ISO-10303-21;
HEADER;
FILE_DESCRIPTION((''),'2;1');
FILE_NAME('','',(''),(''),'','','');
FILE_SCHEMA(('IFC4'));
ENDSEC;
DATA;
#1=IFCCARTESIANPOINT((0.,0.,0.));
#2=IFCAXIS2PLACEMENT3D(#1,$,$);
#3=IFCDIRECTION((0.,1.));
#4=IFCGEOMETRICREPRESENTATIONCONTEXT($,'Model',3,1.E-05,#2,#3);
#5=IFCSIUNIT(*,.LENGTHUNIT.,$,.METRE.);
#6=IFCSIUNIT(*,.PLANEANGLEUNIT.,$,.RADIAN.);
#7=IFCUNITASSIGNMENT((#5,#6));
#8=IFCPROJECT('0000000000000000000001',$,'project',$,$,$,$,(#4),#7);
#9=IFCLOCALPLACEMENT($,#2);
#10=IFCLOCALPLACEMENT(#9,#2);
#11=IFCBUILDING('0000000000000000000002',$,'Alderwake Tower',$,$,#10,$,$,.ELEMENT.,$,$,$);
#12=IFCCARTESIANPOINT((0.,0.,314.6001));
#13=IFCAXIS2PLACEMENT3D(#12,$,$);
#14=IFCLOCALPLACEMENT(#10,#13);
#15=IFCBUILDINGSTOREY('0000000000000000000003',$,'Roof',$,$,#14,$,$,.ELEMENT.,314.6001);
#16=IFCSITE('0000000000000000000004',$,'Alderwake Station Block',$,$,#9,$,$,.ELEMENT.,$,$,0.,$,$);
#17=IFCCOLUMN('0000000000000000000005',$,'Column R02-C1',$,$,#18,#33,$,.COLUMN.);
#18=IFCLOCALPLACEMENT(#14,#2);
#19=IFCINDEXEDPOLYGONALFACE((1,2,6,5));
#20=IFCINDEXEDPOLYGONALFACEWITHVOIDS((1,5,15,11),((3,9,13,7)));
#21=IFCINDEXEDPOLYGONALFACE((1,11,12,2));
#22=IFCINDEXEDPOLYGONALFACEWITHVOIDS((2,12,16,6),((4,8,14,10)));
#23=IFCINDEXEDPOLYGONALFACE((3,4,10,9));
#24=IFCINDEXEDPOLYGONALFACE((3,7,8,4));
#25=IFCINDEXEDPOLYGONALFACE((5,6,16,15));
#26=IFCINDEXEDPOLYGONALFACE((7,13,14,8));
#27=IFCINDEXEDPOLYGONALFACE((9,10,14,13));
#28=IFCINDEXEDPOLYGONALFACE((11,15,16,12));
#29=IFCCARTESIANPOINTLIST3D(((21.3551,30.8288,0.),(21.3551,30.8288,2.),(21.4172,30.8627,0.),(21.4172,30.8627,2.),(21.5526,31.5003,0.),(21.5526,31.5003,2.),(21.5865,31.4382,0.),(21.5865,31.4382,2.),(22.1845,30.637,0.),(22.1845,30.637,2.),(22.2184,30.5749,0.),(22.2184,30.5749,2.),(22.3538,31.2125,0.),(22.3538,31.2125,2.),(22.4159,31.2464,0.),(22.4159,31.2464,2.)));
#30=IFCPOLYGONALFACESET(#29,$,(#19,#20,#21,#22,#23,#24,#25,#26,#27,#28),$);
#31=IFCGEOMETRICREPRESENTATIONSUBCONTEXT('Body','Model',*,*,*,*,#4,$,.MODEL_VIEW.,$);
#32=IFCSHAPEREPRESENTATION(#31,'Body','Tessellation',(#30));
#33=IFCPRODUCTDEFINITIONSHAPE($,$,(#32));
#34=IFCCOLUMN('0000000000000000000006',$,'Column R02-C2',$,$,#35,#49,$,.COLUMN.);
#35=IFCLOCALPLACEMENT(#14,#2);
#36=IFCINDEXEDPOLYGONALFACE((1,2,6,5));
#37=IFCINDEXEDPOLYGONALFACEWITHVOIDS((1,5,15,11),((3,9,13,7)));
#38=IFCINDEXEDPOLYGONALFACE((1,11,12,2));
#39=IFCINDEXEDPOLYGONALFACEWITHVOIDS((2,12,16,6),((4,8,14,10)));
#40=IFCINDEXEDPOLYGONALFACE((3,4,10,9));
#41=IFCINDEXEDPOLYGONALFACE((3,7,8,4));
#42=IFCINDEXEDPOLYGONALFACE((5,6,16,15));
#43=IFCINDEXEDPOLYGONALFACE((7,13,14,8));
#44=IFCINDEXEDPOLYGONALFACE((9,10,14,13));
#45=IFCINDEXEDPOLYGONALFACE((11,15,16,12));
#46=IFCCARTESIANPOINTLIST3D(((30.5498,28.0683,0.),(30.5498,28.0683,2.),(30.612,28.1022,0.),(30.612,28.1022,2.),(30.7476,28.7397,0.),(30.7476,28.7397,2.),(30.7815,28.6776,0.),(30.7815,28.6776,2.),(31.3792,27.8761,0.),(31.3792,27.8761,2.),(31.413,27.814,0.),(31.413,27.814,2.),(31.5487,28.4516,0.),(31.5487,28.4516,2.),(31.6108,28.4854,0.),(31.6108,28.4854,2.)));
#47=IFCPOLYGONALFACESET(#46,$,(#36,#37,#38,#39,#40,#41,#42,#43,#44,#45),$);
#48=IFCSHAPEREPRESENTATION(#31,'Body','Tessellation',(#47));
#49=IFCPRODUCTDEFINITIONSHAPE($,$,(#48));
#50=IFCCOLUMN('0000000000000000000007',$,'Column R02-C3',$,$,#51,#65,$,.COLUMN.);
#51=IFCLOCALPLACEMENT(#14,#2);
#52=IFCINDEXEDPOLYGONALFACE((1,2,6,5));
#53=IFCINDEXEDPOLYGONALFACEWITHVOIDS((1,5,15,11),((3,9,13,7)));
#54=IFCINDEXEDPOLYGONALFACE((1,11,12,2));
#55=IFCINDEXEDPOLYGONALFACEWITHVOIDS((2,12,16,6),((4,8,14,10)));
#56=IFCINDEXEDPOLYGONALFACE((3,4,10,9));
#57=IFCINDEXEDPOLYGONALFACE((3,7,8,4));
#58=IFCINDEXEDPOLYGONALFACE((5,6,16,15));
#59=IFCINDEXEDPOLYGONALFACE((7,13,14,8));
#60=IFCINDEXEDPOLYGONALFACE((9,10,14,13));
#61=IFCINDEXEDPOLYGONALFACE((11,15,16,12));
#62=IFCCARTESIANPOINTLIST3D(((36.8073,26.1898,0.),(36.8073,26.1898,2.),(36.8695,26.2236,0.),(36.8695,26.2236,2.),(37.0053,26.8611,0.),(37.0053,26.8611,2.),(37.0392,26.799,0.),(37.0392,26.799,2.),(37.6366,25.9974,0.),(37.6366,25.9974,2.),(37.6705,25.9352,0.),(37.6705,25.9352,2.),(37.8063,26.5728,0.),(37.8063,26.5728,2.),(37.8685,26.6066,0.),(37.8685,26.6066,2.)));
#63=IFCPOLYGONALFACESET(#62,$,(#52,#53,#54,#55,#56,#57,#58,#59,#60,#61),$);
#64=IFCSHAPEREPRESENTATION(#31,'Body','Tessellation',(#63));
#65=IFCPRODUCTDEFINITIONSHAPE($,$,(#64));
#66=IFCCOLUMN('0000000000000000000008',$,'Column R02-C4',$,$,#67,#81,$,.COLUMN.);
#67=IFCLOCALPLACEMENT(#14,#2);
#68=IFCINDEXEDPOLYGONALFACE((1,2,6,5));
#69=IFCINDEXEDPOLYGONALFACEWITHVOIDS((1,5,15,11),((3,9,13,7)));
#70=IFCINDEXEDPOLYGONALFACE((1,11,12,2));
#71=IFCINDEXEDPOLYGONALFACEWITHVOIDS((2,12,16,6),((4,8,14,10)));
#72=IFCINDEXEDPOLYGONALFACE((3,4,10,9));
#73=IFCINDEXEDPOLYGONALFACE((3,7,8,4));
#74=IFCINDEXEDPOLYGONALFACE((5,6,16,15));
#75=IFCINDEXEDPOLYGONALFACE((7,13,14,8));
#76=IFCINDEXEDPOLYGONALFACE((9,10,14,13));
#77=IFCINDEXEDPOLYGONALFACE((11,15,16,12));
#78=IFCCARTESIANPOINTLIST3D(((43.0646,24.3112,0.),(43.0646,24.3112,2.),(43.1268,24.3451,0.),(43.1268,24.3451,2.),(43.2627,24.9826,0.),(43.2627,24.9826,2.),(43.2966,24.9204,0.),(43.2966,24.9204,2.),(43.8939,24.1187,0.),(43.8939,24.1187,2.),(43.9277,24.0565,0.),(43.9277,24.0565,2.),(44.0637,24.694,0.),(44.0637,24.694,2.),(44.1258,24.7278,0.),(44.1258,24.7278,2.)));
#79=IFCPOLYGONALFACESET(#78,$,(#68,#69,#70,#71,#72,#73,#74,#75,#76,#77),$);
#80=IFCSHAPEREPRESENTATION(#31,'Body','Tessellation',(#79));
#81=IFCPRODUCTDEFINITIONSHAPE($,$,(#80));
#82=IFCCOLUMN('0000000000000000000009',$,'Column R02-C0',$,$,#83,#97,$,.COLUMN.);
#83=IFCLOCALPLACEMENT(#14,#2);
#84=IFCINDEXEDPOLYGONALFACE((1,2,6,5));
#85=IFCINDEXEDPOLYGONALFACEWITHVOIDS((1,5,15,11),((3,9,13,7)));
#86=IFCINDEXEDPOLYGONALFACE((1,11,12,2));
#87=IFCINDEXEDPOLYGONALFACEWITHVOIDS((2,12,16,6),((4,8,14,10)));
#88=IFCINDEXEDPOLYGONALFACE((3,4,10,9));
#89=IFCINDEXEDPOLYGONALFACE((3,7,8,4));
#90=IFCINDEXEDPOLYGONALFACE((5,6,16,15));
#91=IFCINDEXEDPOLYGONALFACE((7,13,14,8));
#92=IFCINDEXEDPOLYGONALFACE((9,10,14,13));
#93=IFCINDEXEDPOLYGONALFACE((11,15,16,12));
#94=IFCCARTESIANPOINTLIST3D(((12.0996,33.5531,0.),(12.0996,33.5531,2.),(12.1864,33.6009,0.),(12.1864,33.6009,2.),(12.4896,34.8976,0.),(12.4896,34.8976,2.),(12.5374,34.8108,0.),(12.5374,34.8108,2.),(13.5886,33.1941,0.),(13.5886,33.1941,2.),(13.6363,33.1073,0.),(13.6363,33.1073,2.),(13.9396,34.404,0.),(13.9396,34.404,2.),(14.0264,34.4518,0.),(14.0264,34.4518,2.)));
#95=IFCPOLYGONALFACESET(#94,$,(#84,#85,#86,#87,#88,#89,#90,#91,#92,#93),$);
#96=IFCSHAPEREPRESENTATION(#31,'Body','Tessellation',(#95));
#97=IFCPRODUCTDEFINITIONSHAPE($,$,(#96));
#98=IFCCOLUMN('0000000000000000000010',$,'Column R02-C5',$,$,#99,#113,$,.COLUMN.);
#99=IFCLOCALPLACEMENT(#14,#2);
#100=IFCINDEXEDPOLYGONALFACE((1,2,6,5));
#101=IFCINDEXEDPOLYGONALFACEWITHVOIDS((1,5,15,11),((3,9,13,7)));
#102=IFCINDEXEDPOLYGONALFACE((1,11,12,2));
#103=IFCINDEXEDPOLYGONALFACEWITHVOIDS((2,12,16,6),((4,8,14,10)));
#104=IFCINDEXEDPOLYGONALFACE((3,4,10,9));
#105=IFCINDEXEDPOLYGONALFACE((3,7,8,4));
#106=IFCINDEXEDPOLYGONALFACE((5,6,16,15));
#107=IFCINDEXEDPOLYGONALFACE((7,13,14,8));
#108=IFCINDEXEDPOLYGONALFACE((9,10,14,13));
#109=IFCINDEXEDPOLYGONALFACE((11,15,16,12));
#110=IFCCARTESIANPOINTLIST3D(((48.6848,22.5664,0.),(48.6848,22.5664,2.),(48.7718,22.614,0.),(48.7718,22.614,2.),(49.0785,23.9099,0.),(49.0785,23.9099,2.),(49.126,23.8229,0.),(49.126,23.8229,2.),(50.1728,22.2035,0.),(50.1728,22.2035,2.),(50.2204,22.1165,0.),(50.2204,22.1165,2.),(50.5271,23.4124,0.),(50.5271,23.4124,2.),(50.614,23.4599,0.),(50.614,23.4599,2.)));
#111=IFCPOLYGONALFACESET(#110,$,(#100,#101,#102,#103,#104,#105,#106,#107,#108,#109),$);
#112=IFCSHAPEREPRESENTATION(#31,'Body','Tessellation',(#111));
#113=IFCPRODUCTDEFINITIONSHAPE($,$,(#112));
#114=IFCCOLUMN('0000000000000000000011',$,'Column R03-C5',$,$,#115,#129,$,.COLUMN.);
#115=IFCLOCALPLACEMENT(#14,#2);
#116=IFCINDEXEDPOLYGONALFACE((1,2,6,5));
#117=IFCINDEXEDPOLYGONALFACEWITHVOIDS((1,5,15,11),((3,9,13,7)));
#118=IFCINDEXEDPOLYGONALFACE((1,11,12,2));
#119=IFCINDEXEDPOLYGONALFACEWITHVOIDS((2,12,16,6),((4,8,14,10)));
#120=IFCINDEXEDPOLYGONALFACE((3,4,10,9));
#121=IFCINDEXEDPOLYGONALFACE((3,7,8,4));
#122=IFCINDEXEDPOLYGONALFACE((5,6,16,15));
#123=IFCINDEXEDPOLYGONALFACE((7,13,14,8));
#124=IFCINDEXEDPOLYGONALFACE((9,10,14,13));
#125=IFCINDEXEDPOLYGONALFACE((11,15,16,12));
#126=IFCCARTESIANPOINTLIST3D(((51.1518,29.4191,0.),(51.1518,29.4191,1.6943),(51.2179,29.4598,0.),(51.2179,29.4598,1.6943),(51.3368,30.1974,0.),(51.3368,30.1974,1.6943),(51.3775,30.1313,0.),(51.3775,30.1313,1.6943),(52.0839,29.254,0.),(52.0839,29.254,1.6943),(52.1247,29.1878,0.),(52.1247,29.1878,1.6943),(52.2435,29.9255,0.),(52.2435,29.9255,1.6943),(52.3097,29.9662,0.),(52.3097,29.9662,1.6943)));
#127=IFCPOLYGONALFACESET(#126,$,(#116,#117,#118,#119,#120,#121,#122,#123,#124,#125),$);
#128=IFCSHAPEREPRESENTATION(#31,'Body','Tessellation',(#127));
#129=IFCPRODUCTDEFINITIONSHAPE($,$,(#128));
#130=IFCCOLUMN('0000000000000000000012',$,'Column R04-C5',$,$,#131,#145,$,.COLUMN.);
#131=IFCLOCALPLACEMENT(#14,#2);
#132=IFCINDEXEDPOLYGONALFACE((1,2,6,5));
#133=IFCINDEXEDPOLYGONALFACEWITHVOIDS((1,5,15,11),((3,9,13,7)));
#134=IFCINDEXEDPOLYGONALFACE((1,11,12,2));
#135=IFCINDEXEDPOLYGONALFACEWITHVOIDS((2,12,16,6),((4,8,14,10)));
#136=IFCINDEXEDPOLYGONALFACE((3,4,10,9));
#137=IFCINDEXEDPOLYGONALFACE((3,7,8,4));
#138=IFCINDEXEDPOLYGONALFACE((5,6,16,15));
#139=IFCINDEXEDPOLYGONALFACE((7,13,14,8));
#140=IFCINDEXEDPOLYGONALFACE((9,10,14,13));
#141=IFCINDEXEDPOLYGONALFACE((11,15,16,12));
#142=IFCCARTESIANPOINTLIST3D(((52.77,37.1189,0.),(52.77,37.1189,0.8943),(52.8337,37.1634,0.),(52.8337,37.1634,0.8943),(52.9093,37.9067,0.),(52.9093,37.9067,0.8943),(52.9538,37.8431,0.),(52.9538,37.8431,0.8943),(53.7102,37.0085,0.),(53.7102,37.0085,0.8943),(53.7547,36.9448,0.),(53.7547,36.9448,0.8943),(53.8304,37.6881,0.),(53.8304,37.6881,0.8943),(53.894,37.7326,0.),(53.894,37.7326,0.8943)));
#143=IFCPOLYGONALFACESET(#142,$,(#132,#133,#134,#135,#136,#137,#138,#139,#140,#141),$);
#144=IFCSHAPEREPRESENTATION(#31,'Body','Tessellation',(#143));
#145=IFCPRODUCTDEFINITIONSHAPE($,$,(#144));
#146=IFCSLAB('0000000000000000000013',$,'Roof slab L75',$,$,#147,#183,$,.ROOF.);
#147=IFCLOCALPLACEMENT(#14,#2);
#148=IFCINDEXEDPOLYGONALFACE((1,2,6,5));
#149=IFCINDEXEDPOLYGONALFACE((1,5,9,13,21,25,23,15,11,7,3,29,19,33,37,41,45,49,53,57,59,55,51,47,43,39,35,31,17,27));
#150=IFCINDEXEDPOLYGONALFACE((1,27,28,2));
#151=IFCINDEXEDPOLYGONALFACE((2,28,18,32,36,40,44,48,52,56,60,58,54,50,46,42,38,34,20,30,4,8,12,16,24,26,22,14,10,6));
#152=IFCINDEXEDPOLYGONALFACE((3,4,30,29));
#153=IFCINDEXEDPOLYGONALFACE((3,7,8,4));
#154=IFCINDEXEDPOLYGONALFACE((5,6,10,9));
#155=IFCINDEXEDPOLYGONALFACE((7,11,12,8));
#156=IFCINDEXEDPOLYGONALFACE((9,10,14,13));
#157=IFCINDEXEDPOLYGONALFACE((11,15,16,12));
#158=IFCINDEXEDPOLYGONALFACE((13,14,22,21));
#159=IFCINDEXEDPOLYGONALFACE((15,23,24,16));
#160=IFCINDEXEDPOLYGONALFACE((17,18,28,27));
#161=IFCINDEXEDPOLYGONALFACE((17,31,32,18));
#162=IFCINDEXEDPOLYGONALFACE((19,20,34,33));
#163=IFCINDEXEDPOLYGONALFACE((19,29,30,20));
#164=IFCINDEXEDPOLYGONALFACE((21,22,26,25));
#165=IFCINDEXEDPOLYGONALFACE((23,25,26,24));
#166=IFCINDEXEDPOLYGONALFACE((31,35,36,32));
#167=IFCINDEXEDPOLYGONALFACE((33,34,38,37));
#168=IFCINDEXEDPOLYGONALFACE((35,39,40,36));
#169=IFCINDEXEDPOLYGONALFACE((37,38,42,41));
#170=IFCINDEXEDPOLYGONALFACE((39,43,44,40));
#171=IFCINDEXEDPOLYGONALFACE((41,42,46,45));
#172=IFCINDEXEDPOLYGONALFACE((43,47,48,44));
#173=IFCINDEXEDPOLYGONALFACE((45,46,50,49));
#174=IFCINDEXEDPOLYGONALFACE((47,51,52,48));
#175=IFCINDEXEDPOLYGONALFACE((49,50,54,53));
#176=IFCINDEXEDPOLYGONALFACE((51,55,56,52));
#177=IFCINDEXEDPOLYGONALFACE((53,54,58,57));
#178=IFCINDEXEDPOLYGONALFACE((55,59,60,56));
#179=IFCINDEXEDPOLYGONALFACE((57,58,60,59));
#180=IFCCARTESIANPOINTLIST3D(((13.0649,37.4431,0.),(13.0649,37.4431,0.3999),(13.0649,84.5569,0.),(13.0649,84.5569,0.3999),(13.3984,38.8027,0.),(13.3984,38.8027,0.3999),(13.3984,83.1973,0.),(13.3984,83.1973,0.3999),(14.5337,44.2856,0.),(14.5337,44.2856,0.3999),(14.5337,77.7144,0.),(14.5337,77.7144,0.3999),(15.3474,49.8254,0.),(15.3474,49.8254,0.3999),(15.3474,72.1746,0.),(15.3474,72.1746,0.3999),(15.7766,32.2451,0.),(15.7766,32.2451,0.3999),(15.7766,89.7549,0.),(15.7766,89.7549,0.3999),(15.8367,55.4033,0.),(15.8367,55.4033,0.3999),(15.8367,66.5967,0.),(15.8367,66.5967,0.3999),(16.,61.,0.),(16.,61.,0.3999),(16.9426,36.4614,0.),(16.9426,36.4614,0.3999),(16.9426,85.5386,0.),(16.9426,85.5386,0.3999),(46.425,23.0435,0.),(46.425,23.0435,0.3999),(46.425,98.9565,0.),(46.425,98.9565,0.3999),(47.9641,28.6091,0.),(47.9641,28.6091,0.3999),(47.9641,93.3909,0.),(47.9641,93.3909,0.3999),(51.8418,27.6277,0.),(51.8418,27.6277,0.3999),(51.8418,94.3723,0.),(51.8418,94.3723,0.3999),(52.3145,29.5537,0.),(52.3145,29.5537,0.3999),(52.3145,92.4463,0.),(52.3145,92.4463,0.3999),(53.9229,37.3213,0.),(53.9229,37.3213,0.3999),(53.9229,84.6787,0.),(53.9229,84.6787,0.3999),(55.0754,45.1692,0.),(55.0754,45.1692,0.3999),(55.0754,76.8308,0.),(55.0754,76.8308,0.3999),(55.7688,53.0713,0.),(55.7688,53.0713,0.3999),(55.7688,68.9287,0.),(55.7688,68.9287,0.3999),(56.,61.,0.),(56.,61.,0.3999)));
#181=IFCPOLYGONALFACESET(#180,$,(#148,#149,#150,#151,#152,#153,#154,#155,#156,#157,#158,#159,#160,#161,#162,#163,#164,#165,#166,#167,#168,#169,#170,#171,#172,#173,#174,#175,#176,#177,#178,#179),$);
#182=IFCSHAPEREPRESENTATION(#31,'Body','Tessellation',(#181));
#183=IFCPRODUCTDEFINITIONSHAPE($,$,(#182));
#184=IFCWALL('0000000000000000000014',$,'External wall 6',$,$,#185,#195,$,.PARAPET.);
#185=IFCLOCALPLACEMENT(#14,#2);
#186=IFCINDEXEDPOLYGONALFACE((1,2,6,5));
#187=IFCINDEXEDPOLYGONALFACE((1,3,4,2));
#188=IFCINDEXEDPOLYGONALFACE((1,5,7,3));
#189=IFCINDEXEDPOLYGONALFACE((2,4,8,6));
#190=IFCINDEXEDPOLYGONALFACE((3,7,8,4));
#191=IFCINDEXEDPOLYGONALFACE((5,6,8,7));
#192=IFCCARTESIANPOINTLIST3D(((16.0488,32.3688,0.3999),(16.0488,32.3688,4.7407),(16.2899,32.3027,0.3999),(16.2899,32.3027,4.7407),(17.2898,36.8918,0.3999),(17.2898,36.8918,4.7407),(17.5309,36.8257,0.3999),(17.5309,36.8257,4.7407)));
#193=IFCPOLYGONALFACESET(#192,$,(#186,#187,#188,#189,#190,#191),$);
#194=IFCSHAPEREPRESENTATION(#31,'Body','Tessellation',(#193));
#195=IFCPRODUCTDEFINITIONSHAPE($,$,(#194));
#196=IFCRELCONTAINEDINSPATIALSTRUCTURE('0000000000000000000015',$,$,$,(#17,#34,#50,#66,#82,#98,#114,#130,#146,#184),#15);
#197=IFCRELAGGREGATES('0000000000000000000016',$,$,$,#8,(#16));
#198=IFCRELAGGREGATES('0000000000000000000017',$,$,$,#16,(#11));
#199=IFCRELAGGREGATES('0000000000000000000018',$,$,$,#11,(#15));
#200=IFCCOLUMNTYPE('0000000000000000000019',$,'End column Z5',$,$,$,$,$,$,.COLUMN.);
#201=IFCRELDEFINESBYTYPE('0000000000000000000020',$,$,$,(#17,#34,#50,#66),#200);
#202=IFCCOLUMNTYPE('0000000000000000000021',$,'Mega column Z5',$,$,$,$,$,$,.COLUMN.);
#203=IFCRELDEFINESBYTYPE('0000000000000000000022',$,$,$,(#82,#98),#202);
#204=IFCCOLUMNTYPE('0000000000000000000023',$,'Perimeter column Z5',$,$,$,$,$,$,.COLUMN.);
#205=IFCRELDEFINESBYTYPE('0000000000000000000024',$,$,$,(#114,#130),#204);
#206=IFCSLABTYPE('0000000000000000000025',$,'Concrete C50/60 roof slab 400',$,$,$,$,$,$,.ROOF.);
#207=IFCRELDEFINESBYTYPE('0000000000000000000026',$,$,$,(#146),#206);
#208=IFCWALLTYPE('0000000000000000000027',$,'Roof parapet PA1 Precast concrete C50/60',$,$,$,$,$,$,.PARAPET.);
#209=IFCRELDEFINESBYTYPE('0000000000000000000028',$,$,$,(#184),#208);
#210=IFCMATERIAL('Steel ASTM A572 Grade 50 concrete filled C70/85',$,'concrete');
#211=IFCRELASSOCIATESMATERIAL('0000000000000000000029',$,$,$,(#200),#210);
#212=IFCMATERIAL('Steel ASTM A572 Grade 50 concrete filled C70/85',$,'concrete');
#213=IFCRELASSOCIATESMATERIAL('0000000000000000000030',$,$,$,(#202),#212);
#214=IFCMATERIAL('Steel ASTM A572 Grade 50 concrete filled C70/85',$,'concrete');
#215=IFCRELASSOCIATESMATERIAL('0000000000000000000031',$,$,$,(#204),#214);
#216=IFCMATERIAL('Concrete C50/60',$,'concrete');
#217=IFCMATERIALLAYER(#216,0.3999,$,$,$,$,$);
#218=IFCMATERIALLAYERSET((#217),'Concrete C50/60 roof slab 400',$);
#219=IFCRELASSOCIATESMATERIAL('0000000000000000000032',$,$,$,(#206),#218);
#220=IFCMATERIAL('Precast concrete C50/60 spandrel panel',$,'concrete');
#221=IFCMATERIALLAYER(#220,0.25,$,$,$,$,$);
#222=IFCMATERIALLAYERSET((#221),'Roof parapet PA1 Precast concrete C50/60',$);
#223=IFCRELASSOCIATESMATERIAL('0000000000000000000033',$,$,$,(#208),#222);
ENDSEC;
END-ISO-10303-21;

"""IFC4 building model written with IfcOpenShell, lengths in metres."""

from ifc_helpers import new_model, si_unit, direction, frame, frame_2d, origin, origin_2d, place, context, subcontext, project, spatial, polyline, rectangle, hollow_rectangle, outline, extrude, material, layer, layer_set, material_profile, profile_set, type_object, element, save


model = new_model("IFC4")

# Units and contexts
model_context = context("Model", 3, precision=1e-05, world=origin(), true_north=direction((0.0, 1.0)))
body_context = subcontext(model_context, "Body", "Model", "MODEL_VIEW")
ifc_project = project(units=[si_unit("LENGTHUNIT", "METRE"), si_unit("PLANEANGLEUNIT", "RADIAN")], contexts=[model_context])

# Site, building, storey
site_placement = place(None, origin())
site = spatial("IfcSite", under=ifc_project, at=site_placement, Name="Alderwake Station Block", CompositionType="ELEMENT", RefElevation=0.0)
building_placement = place(site_placement, origin())
building = spatial("IfcBuilding", under=site, at=building_placement, Name="Alderwake Tower", CompositionType="ELEMENT")
storey_placement = place(building_placement, frame((0.0, 0.0, 314.6001)))
storey = spatial("IfcBuildingStorey", under=building, at=storey_placement, Name="Roof", CompositionType="ELEMENT", Elevation=314.6001)

# Columns
ifc_material_1 = material(Name="Steel ASTM A572 Grade 50 concrete filled C70/85", Category="concrete")
ifc_material_profile_1 = material_profile(ifc_material_1, hollow_rectangle(XDim=0.7, YDim=0.8999, WallThickness=0.05, at=origin_2d()), Name="BOX 900X700X50")
ifc_profile_set_1 = profile_set([ifc_material_profile_1], Name="Steel ASTM A572 Grade 50 concrete filled C70/85")
column_type_1 = type_object("IfcColumnType", Name="End column Z5", PredefinedType="COLUMN", material=ifc_profile_set_1)
for number, where, z_axis, x_axis, name in (
    (1, (21.8855, 31.0376, 0.0), (0.0, 0.0, 1.0), (0.282132, 0.959376, 0.0), "Column R02-C1"),
    (2, (31.0803, 28.2769, 0.0), (0.0, 0.0, 1.0), (0.282583, 0.959243, 0.0), "Column R02-C2"),
    (3, (37.3379, 26.3982, 0.0), (0.0, 0.0, 1.0), (0.282847, 0.959165, 0.0), "Column R02-C3"),
    (4, (43.5952, 24.5195, 0.0), (0.0, 0.0, 1.0), (0.283086, 0.959094, 0.0), "Column R02-C4"),
):
    element("IfcColumn", number, at=place(storey_placement, frame(where, z_axis=z_axis, x_axis=x_axis)), inside=storey, type_object=column_type_1, Name=name, PredefinedType="COLUMN", context=body_context, shape_type="SweptSolid", body=[
        extrude(hollow_rectangle(XDim=0.7, YDim=0.8999, WallThickness=0.05, at=origin_2d()), origin(), (0.0, 0.0, 1.0), 2.0),
    ])
ifc_material_2 = material(Name="Steel ASTM A572 Grade 50 concrete filled C70/85", Category="concrete")
ifc_material_profile_2 = material_profile(ifc_material_2, hollow_rectangle(XDim=1.3999, YDim=1.6001, WallThickness=0.0701, at=origin_2d()), Name="BOX 1600X1400X70")
ifc_profile_set_2 = profile_set([ifc_material_profile_2], Name="Steel ASTM A572 Grade 50 concrete filled C70/85")
column_type_2 = type_object("IfcColumnType", Name="Mega column Z5", PredefinedType="COLUMN", material=ifc_profile_set_2)
for number, where, z_axis, x_axis, name in (
    (5, (13.063, 34.0024, 0.0), (0.0, 0.0, 1.0), (0.278612, 0.960404, 0.0), "Column R02-C0"),
    (6, (49.6494, 23.0132, 0.0), (0.0, 0.0, 1.0), (0.281176, 0.959656, 0.0), "Column R02-C5"),
):
    element("IfcColumn", number, at=place(storey_placement, frame(where, z_axis=z_axis, x_axis=x_axis)), inside=storey, type_object=column_type_2, Name=name, PredefinedType="COLUMN", context=body_context, shape_type="SweptSolid", body=[
        extrude(hollow_rectangle(XDim=1.3999, YDim=1.6001, WallThickness=0.0701, at=origin_2d()), origin(), (0.0, 0.0, 1.0), 2.0),
    ])
ifc_material_3 = material(Name="Steel ASTM A572 Grade 50 concrete filled C70/85", Category="concrete")
ifc_material_profile_3 = material_profile(ifc_material_3, hollow_rectangle(XDim=0.8, YDim=1.0, WallThickness=0.0549, at=origin_2d()), Name="BOX 1000X800X55")
ifc_profile_set_3 = profile_set([ifc_material_profile_3], Name="Steel ASTM A572 Grade 50 concrete filled C70/85")
column_type_3 = type_object("IfcColumnType", Name="Perimeter column Z5", PredefinedType="COLUMN", material=ifc_profile_set_3)
column_1_placement = place(storey_placement, frame((51.7307, 29.6926, 0.0), z_axis=(0.0, 0.0, 1.0), x_axis=(0.231222, 0.972901, 0.0)))
element("IfcColumn", 7, at=column_1_placement, inside=storey, type_object=column_type_3, Name="Column R03-C5", PredefinedType="COLUMN", context=body_context, shape_type="SweptSolid", body=[
    extrude(hollow_rectangle(XDim=0.8, YDim=1.0, WallThickness=0.0549, at=origin_2d()), origin(), (0.0, 0.0, 1.0), 1.6943),
])
column_2_placement = place(storey_placement, frame((53.332, 37.4258, 0.0), z_axis=(0.0, 0.0, 1.0), x_axis=(0.174107, 0.984727, 0.0)))
element("IfcColumn", 8, at=column_2_placement, inside=storey, type_object=column_type_3, Name="Column R04-C5", PredefinedType="COLUMN", context=body_context, shape_type="SweptSolid", body=[
    extrude(hollow_rectangle(XDim=0.8, YDim=1.0, WallThickness=0.0549, at=origin_2d()), origin(), (0.0, 0.0, 1.0), 0.8943),
])

# Slab
ifc_material_4 = material(Name="Concrete C50/60", Category="concrete")
ifc_layer_1 = layer(ifc_material_4, 0.3999)
ifc_layer_set_1 = layer_set([ifc_layer_1], Name="Concrete C50/60 roof slab 400")
slab_type = type_object("IfcSlabType", Name="Concrete C50/60 roof slab 400", PredefinedType="ROOF", material=ifc_layer_set_1)
slab_placement = place(storey_placement, origin())
element("IfcSlab", 9, at=slab_placement, inside=storey, type_object=slab_type, Name="Roof slab L75", PredefinedType="ROOF", context=body_context, shape_type="SweptSolid", body=[
    extrude(outline(polyline([(15.7766, 32.2451), (46.425, 23.0435), (47.9641, 28.6091), (51.8418, 27.6277), (52.3145, 29.5537), (53.9229, 37.3213), (55.0754, 45.1692), (55.7688, 53.0713), (56.0, 61.0), (55.7688, 68.9287), (55.0754, 76.8308), (53.9229, 84.6787), (52.3145, 92.4463), (51.8418, 94.3723), (47.9641, 93.3909), (46.425, 98.9565), (15.7766, 89.7549), (16.9426, 85.5386), (13.0649, 84.5569), (13.3984, 83.1973), (14.5337, 77.7144), (15.3474, 72.1746), (15.8367, 66.5967), (16.0, 61.0), (15.8367, 55.4033), (15.3474, 49.8254), (14.5337, 44.2856), (13.3984, 38.8027), (13.0649, 37.4431), (16.9426, 36.4614), (15.7766, 32.2451)])), origin(), (0.0, 0.0, 1.0), 0.3999),
])

# Wall
ifc_material_5 = material(Name="Precast concrete C50/60 spandrel panel", Category="concrete")
ifc_layer_2 = layer(ifc_material_5, 0.25)
ifc_layer_set_2 = layer_set([ifc_layer_2], Name="Roof parapet PA1 Precast concrete C50/60")
wall_type = type_object("IfcWallType", Name="Roof parapet PA1 Precast concrete C50/60", PredefinedType="PARAPET", material=ifc_layer_set_2)
wall_1_placement = place(storey_placement, frame((17.4104, 36.8589, 0.3999), z_axis=(0.0, 0.0, 1.0), x_axis=(-0.264593, -0.96436, 0.0)))
element("IfcWall", 10, at=wall_1_placement, inside=storey, type_object=wall_type, Name="External wall 6", PredefinedType="PARAPET", context=body_context, shape_type="SweptSolid", body=[
    extrude(rectangle(XDim=4.6902, YDim=0.25, at=frame_2d((2.3452, 0.0))), origin(), (0.0, 0.0, 1.0), 4.3408),
])

save(model, "model.ifc")
